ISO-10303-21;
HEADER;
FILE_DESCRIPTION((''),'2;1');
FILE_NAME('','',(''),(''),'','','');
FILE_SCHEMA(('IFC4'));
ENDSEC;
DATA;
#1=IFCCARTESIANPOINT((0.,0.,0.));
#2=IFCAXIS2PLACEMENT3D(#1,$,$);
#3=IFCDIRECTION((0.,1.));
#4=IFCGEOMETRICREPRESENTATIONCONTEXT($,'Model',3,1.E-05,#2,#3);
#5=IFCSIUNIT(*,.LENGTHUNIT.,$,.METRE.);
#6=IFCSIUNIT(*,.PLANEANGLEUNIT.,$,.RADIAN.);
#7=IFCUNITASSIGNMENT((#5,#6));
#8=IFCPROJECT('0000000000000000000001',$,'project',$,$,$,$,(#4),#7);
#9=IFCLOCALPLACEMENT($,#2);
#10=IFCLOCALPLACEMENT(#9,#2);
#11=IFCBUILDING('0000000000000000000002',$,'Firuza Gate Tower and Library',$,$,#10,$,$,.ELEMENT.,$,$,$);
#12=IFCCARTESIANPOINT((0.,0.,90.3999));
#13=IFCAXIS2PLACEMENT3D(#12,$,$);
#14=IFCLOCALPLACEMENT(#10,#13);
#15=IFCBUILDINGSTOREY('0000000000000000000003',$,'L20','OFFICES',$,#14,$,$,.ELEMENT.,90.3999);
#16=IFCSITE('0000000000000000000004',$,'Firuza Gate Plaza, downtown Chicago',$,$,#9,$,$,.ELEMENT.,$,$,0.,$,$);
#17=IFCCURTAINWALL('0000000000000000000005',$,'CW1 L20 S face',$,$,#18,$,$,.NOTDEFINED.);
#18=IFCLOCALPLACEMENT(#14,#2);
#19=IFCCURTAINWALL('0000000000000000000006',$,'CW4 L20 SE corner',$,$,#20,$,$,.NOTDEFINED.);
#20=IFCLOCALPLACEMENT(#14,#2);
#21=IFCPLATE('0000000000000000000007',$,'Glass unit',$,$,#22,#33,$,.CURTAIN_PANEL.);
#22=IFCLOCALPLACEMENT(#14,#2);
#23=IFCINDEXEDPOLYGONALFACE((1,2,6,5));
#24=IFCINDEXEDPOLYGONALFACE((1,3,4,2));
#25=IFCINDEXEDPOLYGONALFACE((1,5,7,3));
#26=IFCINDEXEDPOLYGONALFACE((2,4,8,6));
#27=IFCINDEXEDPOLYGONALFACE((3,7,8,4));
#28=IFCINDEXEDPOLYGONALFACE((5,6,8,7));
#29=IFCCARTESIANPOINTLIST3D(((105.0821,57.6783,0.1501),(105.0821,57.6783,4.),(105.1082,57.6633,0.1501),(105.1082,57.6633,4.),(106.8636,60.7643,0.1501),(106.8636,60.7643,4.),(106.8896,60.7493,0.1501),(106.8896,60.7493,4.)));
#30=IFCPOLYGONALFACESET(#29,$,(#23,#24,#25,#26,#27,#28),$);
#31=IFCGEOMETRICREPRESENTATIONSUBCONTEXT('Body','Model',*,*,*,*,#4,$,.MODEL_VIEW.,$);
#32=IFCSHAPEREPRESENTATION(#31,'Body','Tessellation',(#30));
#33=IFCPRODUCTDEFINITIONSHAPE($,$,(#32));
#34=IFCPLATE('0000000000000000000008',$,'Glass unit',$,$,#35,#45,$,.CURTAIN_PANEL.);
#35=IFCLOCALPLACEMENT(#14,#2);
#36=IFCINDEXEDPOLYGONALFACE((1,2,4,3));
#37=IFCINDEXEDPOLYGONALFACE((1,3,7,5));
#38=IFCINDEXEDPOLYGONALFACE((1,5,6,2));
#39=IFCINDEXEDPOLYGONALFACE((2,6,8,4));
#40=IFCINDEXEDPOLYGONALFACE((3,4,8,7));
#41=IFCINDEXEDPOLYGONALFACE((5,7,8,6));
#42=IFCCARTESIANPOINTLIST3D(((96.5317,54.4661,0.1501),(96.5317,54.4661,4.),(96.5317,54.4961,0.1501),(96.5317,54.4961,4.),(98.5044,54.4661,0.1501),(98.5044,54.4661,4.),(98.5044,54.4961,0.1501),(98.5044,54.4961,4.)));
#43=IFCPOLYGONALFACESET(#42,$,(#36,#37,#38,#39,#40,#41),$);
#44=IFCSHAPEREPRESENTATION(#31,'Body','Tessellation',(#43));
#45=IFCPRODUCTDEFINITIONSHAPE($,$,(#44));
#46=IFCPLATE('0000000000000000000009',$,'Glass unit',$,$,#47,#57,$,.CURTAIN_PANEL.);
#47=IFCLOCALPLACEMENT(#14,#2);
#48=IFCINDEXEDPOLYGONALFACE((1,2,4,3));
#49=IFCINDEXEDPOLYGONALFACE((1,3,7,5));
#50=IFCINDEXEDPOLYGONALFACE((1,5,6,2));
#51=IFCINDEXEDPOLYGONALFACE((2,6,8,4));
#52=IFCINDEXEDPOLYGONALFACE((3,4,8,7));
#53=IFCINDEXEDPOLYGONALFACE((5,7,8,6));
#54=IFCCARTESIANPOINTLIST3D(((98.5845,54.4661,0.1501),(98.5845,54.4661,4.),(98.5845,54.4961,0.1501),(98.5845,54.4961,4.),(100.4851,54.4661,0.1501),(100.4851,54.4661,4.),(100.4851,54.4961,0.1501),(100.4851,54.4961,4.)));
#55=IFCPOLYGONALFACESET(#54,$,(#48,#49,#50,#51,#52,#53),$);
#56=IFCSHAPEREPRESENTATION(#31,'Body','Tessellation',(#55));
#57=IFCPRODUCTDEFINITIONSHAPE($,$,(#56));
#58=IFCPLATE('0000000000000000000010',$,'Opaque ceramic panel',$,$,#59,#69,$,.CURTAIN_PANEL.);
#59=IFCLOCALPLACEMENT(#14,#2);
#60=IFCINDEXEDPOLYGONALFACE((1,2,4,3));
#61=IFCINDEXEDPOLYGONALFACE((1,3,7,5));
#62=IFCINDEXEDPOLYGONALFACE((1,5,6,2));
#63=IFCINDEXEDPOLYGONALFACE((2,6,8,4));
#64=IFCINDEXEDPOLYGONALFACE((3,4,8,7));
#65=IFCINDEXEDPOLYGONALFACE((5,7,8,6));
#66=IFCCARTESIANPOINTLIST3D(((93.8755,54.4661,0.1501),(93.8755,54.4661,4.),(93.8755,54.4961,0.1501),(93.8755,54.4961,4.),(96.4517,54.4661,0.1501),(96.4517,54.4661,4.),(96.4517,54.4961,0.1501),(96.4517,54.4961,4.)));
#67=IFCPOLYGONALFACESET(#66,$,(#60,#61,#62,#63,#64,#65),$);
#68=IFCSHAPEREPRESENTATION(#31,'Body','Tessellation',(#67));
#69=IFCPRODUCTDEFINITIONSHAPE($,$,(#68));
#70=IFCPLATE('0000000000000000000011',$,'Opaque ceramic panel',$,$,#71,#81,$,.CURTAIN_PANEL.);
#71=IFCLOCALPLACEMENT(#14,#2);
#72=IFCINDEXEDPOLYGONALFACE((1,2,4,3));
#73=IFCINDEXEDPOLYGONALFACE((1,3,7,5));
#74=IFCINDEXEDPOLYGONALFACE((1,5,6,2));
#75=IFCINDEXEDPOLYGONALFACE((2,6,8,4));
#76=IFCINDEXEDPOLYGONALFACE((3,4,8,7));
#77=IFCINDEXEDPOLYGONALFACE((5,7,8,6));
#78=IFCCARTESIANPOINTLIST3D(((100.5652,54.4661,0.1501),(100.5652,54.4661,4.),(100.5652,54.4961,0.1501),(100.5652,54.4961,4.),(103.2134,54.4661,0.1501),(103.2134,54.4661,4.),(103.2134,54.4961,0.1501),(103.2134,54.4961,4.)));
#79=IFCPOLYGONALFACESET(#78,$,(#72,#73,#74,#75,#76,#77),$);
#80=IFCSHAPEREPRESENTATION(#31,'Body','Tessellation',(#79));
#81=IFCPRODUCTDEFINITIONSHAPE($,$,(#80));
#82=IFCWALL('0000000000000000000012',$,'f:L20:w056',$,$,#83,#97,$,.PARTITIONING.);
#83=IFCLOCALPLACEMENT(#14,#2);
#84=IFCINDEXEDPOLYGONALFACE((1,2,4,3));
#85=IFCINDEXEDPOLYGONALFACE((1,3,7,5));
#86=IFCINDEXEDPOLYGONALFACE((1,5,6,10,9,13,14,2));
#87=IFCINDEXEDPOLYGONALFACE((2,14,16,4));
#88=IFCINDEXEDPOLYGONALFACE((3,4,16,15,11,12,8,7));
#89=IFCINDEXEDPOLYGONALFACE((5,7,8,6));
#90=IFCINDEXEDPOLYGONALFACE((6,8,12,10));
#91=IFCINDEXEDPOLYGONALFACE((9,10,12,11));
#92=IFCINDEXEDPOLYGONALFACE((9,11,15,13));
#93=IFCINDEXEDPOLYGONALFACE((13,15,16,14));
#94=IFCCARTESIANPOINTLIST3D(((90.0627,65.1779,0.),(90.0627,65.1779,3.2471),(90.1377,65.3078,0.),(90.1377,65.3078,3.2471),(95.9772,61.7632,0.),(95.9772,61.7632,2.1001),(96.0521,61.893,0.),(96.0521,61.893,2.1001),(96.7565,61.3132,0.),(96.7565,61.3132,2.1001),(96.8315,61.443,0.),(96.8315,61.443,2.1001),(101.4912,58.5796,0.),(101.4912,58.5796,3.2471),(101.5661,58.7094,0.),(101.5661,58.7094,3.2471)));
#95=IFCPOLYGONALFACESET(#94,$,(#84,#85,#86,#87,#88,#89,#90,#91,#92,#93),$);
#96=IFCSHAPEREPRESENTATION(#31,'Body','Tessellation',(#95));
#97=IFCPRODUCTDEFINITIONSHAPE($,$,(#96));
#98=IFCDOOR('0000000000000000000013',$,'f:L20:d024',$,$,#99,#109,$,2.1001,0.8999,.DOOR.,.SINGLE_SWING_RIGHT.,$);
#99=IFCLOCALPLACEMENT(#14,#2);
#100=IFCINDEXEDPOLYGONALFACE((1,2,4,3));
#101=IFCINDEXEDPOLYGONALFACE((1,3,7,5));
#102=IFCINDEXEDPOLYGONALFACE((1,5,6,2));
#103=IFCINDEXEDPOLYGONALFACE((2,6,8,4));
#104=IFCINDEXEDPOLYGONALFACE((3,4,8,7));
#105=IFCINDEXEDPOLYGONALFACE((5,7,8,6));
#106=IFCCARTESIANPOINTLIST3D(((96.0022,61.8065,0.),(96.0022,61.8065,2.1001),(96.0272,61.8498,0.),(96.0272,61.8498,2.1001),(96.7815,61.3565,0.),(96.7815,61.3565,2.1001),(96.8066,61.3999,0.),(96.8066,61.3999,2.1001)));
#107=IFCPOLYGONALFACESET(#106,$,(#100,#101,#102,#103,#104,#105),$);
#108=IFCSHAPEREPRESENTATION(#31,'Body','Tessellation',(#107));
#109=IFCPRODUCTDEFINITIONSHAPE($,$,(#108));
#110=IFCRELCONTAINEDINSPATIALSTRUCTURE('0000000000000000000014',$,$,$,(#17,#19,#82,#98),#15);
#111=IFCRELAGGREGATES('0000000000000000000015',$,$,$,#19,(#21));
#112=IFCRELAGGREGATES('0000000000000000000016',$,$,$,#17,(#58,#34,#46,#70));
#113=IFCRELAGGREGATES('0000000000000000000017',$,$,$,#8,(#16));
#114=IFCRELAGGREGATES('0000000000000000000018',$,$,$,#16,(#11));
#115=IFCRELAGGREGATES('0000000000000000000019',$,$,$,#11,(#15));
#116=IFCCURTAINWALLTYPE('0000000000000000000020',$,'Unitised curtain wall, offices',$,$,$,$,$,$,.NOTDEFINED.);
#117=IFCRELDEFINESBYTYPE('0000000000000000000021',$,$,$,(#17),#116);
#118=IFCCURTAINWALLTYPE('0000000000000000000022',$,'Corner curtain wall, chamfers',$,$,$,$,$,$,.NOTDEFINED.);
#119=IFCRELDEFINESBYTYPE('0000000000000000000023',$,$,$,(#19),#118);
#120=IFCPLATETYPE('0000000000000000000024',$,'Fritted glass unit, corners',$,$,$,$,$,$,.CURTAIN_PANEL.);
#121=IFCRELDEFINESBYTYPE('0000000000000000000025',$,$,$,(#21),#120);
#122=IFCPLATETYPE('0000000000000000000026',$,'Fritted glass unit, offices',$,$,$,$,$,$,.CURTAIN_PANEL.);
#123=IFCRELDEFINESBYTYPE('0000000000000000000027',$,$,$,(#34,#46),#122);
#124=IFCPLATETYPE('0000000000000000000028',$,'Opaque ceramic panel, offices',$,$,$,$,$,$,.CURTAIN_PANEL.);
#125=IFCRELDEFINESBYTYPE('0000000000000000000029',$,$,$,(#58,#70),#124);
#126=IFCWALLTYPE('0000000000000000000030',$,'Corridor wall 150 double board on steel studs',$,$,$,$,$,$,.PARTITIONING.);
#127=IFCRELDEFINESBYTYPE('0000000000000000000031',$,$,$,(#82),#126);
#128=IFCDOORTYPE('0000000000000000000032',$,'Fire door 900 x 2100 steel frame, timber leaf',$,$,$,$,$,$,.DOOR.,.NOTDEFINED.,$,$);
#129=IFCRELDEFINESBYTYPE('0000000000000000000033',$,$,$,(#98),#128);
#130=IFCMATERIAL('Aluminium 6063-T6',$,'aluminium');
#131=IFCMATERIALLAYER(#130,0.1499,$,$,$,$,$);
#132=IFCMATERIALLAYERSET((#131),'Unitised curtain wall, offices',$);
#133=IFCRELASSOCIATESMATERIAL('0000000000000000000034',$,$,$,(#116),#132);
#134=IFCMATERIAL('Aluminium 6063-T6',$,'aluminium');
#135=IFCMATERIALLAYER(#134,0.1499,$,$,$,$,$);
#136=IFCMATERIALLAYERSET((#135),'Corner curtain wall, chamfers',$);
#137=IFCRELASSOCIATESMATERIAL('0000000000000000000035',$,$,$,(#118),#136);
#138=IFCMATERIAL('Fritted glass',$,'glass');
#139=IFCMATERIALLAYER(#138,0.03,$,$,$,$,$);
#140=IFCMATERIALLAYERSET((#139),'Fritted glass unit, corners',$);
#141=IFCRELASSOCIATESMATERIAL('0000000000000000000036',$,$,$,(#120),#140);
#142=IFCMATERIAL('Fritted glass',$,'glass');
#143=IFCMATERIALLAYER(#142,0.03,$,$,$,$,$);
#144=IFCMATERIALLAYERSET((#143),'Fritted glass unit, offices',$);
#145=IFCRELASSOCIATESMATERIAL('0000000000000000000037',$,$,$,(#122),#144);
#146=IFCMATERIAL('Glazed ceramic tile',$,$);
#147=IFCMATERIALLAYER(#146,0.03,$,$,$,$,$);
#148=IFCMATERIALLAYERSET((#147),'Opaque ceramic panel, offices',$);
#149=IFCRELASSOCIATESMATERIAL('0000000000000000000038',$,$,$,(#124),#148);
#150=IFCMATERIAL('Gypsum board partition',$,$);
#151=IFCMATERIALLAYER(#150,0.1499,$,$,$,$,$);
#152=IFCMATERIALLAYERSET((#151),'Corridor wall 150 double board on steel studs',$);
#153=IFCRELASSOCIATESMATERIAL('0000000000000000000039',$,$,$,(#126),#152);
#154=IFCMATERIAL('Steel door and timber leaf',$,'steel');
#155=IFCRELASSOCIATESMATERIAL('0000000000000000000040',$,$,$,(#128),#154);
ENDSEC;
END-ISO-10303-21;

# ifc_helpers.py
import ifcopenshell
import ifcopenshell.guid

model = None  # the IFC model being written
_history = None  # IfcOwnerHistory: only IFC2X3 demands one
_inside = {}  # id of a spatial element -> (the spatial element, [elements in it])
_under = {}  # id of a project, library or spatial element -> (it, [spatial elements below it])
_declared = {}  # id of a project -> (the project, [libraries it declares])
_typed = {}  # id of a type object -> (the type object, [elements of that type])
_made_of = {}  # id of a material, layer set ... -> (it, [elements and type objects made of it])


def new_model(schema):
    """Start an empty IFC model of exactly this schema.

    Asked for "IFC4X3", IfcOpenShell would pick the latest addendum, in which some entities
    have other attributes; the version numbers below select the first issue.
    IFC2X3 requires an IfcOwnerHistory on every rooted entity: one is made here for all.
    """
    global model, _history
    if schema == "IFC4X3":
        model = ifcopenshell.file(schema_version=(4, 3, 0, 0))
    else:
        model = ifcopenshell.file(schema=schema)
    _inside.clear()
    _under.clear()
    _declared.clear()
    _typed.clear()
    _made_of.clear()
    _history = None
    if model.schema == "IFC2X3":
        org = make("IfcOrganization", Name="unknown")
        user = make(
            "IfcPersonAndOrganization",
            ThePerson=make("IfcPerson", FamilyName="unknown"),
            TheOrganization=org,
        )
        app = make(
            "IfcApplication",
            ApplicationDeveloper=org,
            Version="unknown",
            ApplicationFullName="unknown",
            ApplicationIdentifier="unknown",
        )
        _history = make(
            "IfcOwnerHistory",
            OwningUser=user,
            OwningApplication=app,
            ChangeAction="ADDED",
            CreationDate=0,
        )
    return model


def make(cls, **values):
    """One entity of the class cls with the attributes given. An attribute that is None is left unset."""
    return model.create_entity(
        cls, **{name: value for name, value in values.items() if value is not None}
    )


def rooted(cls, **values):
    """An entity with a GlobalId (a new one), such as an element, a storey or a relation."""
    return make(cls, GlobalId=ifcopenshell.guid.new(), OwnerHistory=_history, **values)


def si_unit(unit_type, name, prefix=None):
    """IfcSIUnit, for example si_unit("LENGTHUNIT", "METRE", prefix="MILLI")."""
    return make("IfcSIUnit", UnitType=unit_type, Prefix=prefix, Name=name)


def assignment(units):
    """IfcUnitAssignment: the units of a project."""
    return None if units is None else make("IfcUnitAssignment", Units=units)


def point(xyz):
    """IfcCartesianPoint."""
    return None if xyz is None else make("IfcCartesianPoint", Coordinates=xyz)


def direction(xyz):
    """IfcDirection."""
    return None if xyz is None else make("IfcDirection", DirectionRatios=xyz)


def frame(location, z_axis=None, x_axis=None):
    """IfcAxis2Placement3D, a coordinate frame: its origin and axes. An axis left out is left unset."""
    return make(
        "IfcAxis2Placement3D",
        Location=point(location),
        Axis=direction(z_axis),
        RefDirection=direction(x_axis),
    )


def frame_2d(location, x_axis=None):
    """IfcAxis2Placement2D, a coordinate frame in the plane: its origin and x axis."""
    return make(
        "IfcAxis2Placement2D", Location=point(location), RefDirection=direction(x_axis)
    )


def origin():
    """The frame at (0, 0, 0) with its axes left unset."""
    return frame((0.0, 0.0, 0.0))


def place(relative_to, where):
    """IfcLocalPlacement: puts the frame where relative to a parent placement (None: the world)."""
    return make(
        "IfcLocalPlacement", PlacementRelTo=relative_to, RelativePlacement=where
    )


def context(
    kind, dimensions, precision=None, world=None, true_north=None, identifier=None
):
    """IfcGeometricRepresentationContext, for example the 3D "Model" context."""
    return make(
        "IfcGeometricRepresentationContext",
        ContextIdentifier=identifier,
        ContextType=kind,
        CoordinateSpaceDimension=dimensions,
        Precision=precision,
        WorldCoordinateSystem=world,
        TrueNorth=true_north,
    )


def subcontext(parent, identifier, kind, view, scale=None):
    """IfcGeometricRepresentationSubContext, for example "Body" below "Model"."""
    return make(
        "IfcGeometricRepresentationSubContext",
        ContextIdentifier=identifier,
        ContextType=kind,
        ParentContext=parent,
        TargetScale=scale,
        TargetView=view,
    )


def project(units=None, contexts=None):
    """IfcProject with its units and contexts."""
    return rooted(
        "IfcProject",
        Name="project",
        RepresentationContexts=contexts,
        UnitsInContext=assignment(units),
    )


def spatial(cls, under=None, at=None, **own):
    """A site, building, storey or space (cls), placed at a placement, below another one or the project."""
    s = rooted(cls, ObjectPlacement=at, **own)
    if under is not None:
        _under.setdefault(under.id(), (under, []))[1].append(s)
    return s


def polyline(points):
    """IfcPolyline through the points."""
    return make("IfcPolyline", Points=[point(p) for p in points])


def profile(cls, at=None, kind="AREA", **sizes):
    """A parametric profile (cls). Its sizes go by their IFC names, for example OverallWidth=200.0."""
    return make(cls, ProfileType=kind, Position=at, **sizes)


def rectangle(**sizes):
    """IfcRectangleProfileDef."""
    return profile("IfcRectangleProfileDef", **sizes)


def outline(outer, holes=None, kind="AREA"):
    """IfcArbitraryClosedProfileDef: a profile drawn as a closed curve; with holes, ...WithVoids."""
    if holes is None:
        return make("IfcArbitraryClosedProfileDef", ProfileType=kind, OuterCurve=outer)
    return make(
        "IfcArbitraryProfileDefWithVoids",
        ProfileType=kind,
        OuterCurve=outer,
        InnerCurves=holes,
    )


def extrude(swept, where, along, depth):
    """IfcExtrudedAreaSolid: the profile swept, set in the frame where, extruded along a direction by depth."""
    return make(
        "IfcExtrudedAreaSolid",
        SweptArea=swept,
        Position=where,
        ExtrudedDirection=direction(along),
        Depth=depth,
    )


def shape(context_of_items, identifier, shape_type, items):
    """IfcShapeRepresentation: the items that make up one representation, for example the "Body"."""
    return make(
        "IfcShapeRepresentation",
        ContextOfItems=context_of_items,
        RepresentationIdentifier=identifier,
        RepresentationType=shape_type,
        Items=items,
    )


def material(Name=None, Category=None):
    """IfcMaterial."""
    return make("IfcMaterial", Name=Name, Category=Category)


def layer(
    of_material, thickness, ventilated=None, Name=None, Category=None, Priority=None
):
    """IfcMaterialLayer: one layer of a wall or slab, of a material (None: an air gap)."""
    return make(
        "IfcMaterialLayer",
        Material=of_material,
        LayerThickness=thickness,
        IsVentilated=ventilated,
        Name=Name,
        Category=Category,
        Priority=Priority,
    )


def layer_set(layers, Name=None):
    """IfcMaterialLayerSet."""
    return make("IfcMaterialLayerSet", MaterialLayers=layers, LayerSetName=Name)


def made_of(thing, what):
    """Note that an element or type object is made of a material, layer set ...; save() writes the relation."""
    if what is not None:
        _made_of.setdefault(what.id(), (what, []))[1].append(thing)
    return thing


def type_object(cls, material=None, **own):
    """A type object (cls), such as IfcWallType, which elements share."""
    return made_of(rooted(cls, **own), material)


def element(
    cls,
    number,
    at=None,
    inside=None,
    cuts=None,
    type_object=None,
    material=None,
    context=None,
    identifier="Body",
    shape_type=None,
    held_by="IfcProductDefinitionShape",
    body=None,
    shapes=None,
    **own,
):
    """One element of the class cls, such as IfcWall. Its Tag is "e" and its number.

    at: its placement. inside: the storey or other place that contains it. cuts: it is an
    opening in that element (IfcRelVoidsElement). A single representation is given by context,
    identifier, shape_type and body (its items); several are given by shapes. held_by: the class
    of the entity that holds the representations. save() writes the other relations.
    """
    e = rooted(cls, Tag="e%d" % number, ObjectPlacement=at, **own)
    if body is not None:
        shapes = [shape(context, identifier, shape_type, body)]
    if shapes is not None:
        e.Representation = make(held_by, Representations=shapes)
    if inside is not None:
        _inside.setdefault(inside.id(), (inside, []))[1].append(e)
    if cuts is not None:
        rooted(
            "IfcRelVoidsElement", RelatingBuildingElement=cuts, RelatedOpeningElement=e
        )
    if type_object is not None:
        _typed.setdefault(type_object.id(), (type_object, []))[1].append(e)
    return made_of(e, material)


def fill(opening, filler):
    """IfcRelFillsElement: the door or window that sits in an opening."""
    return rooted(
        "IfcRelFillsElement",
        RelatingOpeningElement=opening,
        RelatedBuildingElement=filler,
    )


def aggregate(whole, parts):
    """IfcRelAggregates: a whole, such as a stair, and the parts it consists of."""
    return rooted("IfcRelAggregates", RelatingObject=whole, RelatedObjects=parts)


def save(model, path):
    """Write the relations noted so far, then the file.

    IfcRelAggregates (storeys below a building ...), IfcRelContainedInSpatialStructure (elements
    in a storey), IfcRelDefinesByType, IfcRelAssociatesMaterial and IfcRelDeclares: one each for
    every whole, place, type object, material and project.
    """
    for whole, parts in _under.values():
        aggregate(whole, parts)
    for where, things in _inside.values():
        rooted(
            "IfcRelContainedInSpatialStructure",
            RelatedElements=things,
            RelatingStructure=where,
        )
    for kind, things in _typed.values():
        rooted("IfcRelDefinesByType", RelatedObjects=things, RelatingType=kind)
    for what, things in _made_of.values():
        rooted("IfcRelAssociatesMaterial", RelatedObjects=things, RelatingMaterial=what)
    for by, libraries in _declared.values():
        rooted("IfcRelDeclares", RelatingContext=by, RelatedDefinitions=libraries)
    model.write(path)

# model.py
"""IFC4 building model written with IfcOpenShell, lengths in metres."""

from ifc_helpers import new_model, si_unit, direction, frame, frame_2d, origin, place, context, subcontext, project, spatial, polyline, rectangle, outline, extrude, material, layer, layer_set, type_object, element, fill, aggregate, save


model = new_model("IFC4")

# Units and contexts
model_context = context("Model", 3, precision=1e-05, world=origin(), true_north=direction((0.0, 1.0)))
body_context = subcontext(model_context, "Body", "Model", "MODEL_VIEW")
ifc_project = project(units=[si_unit("LENGTHUNIT", "METRE"), si_unit("PLANEANGLEUNIT", "RADIAN")], contexts=[model_context])

# Site, building, storey
site_placement = place(None, origin())
site = spatial("IfcSite", under=ifc_project, at=site_placement, Name="Firuza Gate Plaza, downtown Chicago", CompositionType="ELEMENT", RefElevation=0.0)
building_placement = place(site_placement, origin())
building = spatial("IfcBuilding", under=site, at=building_placement, Name="Firuza Gate Tower and Library", CompositionType="ELEMENT")
storey_placement = place(building_placement, frame((0.0, 0.0, 90.3999)))
storey = spatial("IfcBuildingStorey", under=building, at=storey_placement, Name="L20", Description="OFFICES", CompositionType="ELEMENT", Elevation=90.3999)

# Curtain walls
ifc_material_1 = material(Name="Aluminium 6063-T6", Category="aluminium")
ifc_layer_1 = layer(ifc_material_1, 0.1499)
ifc_layer_set_1 = layer_set([ifc_layer_1], Name="Unitised curtain wall, offices")
curtain_wall_type_1 = type_object("IfcCurtainWallType", Name="Unitised curtain wall, offices", PredefinedType="NOTDEFINED", material=ifc_layer_set_1)
placement = place(storey_placement, origin())
curtain_wall_1 = element("IfcCurtainWall", 1, at=placement, inside=storey, type_object=curtain_wall_type_1, Name="CW1 L20 S face", PredefinedType="NOTDEFINED")
ifc_material_2 = material(Name="Aluminium 6063-T6", Category="aluminium")
ifc_layer_2 = layer(ifc_material_2, 0.1499)
ifc_layer_set_2 = layer_set([ifc_layer_2], Name="Corner curtain wall, chamfers")
curtain_wall_type_2 = type_object("IfcCurtainWallType", Name="Corner curtain wall, chamfers", PredefinedType="NOTDEFINED", material=ifc_layer_set_2)
curtain_wall_2 = element("IfcCurtainWall", 2, at=placement, inside=storey, type_object=curtain_wall_type_2, Name="CW4 L20 SE corner", PredefinedType="NOTDEFINED")

# Plates
ifc_material_3 = material(Name="Fritted glass", Category="glass")
ifc_layer_3 = layer(ifc_material_3, 0.03)
ifc_layer_set_3 = layer_set([ifc_layer_3], Name="Fritted glass unit, corners")
plate_type_1 = type_object("IfcPlateType", Name="Fritted glass unit, corners", PredefinedType="CURTAIN_PANEL", material=ifc_layer_set_3)
plate_1_placement = place(storey_placement, frame((105.1082, 57.6633, 0.1501), z_axis=(0.866046, -0.499964, 0.0), x_axis=(0.499964, 0.866046, 0.0)))
plate_1 = element("IfcPlate", 3, at=plate_1_placement, type_object=plate_type_1, Name="Glass unit", PredefinedType="CURTAIN_PANEL", context=body_context, shape_type="SweptSolid", body=[
    extrude(outline(polyline([(0.0, 0.0), (3.5632, 0.0), (3.5632, 3.8499), (0.0, 3.8499), (0.0, 0.0)])), origin(), (0.0, 0.0, -1.0), 0.03),
])
aggregate(curtain_wall_2, [plate_1])
ifc_material_4 = material(Name="Fritted glass", Category="glass")
ifc_layer_4 = layer(ifc_material_4, 0.03)
ifc_layer_set_4 = layer_set([ifc_layer_4], Name="Fritted glass unit, offices")
plate_type_2 = type_object("IfcPlateType", Name="Fritted glass unit, offices", PredefinedType="CURTAIN_PANEL", material=ifc_layer_set_4)
plate_2_placement = place(storey_placement, frame((96.5317, 54.4661, 0.1501), z_axis=(0.0, -1.0, 0.0), x_axis=(1.0, 0.0, 0.0)))
plate_2 = element("IfcPlate", 4, at=plate_2_placement, type_object=plate_type_2, Name="Glass unit", PredefinedType="CURTAIN_PANEL", context=body_context, shape_type="SweptSolid", body=[
    extrude(outline(polyline([(0.0, 0.0), (1.9727, 0.0), (1.9727, 3.8499), (0.0, 3.8499), (0.0, 0.0)])), origin(), (0.0, 0.0, -1.0), 0.03),
])
plate_3_placement = place(storey_placement, frame((98.5845, 54.4661, 0.1501), z_axis=(0.0, -1.0, 0.0), x_axis=(1.0, 0.0, 0.0)))
plate_3 = element("IfcPlate", 5, at=plate_3_placement, type_object=plate_type_2, Name="Glass unit", PredefinedType="CURTAIN_PANEL", context=body_context, shape_type="SweptSolid", body=[
    extrude(outline(polyline([(0.0, 0.0), (1.9006, 0.0), (1.9006, 3.8499), (0.0, 3.8499), (0.0, 0.0)])), origin(), (0.0, 0.0, -1.0), 0.03),
])
ifc_material_5 = material(Name="Glazed ceramic tile")
ifc_layer_5 = layer(ifc_material_5, 0.03)
ifc_layer_set_5 = layer_set([ifc_layer_5], Name="Opaque ceramic panel, offices")
plate_type_3 = type_object("IfcPlateType", Name="Opaque ceramic panel, offices", PredefinedType="CURTAIN_PANEL", material=ifc_layer_set_5)
plate_4_placement = place(storey_placement, frame((93.8755, 54.4661, 0.1501), z_axis=(0.0, -1.0, 0.0), x_axis=(1.0, 0.0, 0.0)))
plate_4 = element("IfcPlate", 6, at=plate_4_placement, type_object=plate_type_3, Name="Opaque ceramic panel", PredefinedType="CURTAIN_PANEL", context=body_context, shape_type="SweptSolid", body=[
    extrude(outline(polyline([(0.0, 0.0), (2.5762, 0.0), (2.5762, 3.8499), (0.0, 3.8499), (0.0, 0.0)])), origin(), (0.0, 0.0, -1.0), 0.03),
])
plate_5_placement = place(storey_placement, frame((100.5652, 54.4661, 0.1501), z_axis=(0.0, -1.0, 0.0), x_axis=(1.0, 0.0, 0.0)))
plate_5 = element("IfcPlate", 7, at=plate_5_placement, type_object=plate_type_3, Name="Opaque ceramic panel", PredefinedType="CURTAIN_PANEL", context=body_context, shape_type="SweptSolid", body=[
    extrude(outline(polyline([(0.0, 0.0), (2.6482, 0.0), (2.6482, 3.8499), (0.0, 3.8499), (0.0, 0.0)])), origin(), (0.0, 0.0, -1.0), 0.03),
])
aggregate(curtain_wall_1, [plate_4, plate_2, plate_3, plate_5])

# Wall, opening, door
ifc_material_6 = material(Name="Gypsum board partition")
ifc_layer_6 = layer(ifc_material_6, 0.1499)
ifc_layer_set_6 = layer_set([ifc_layer_6], Name="Corridor wall 150 double board on steel studs")
wall_type = type_object("IfcWallType", Name="Corridor wall 150 double board on steel studs", PredefinedType="PARTITIONING", material=ifc_layer_set_6)
wall_placement = place(storey_placement, frame((101.5286, 58.6445, 0.0), z_axis=(0.0, 0.0, 1.0), x_axis=(-0.86602, 0.500009, 0.0)))
wall = element("IfcWall", 8, at=wall_placement, inside=storey, type_object=wall_type, Name="f:L20:w056", PredefinedType="PARTITIONING", context=body_context, shape_type="SweptSolid", body=[
    extrude(rectangle(XDim=13.1965, YDim=0.1499, at=frame_2d((6.5981, 0.0))), origin(), (0.0, 0.0, 1.0), 3.2471),
])
opening_placement = place(wall_placement, frame((5.467, 0.0, 0.0)))
opening = element("IfcOpeningElement", 9, at=opening_placement, cuts=wall, PredefinedType="OPENING", context=body_context, shape_type="SweptSolid", body=[
    extrude(rectangle(XDim=0.8999, YDim=2.1001, at=frame_2d((0.45, 1.05))), frame((0.0, 0.085, 0.0), z_axis=(0.0, -1.0, 0.0), x_axis=(1.0, 0.0, 0.0)), (0.0, 0.0, 1.0), 0.1699),
])
ifc_material_7 = material(Name="Steel door and timber leaf", Category="steel")
door_type = type_object("IfcDoorType", Name="Fire door 900 x 2100 steel frame, timber leaf", OperationType="NOTDEFINED", PredefinedType="DOOR", material=ifc_material_7)
door_placement = place(opening_placement, origin())
door = element("IfcDoor", 10, at=door_placement, inside=storey, type_object=door_type, Name="f:L20:d024", OperationType="SINGLE_SWING_RIGHT", OverallHeight=2.1001, OverallWidth=0.8999, PredefinedType="DOOR", context=body_context, shape_type="SweptSolid", body=[
    extrude(rectangle(XDim=0.8999, YDim=2.1001, at=frame_2d((0.45, 1.05))), frame((0.0, 0.0249, 0.0), z_axis=(0.0, -1.0, 0.0), x_axis=(1.0, 0.0, 0.0)), (0.0, 0.0, 1.0), 0.05),
])
fill(opening, door)

save(model, "model.ifc")
